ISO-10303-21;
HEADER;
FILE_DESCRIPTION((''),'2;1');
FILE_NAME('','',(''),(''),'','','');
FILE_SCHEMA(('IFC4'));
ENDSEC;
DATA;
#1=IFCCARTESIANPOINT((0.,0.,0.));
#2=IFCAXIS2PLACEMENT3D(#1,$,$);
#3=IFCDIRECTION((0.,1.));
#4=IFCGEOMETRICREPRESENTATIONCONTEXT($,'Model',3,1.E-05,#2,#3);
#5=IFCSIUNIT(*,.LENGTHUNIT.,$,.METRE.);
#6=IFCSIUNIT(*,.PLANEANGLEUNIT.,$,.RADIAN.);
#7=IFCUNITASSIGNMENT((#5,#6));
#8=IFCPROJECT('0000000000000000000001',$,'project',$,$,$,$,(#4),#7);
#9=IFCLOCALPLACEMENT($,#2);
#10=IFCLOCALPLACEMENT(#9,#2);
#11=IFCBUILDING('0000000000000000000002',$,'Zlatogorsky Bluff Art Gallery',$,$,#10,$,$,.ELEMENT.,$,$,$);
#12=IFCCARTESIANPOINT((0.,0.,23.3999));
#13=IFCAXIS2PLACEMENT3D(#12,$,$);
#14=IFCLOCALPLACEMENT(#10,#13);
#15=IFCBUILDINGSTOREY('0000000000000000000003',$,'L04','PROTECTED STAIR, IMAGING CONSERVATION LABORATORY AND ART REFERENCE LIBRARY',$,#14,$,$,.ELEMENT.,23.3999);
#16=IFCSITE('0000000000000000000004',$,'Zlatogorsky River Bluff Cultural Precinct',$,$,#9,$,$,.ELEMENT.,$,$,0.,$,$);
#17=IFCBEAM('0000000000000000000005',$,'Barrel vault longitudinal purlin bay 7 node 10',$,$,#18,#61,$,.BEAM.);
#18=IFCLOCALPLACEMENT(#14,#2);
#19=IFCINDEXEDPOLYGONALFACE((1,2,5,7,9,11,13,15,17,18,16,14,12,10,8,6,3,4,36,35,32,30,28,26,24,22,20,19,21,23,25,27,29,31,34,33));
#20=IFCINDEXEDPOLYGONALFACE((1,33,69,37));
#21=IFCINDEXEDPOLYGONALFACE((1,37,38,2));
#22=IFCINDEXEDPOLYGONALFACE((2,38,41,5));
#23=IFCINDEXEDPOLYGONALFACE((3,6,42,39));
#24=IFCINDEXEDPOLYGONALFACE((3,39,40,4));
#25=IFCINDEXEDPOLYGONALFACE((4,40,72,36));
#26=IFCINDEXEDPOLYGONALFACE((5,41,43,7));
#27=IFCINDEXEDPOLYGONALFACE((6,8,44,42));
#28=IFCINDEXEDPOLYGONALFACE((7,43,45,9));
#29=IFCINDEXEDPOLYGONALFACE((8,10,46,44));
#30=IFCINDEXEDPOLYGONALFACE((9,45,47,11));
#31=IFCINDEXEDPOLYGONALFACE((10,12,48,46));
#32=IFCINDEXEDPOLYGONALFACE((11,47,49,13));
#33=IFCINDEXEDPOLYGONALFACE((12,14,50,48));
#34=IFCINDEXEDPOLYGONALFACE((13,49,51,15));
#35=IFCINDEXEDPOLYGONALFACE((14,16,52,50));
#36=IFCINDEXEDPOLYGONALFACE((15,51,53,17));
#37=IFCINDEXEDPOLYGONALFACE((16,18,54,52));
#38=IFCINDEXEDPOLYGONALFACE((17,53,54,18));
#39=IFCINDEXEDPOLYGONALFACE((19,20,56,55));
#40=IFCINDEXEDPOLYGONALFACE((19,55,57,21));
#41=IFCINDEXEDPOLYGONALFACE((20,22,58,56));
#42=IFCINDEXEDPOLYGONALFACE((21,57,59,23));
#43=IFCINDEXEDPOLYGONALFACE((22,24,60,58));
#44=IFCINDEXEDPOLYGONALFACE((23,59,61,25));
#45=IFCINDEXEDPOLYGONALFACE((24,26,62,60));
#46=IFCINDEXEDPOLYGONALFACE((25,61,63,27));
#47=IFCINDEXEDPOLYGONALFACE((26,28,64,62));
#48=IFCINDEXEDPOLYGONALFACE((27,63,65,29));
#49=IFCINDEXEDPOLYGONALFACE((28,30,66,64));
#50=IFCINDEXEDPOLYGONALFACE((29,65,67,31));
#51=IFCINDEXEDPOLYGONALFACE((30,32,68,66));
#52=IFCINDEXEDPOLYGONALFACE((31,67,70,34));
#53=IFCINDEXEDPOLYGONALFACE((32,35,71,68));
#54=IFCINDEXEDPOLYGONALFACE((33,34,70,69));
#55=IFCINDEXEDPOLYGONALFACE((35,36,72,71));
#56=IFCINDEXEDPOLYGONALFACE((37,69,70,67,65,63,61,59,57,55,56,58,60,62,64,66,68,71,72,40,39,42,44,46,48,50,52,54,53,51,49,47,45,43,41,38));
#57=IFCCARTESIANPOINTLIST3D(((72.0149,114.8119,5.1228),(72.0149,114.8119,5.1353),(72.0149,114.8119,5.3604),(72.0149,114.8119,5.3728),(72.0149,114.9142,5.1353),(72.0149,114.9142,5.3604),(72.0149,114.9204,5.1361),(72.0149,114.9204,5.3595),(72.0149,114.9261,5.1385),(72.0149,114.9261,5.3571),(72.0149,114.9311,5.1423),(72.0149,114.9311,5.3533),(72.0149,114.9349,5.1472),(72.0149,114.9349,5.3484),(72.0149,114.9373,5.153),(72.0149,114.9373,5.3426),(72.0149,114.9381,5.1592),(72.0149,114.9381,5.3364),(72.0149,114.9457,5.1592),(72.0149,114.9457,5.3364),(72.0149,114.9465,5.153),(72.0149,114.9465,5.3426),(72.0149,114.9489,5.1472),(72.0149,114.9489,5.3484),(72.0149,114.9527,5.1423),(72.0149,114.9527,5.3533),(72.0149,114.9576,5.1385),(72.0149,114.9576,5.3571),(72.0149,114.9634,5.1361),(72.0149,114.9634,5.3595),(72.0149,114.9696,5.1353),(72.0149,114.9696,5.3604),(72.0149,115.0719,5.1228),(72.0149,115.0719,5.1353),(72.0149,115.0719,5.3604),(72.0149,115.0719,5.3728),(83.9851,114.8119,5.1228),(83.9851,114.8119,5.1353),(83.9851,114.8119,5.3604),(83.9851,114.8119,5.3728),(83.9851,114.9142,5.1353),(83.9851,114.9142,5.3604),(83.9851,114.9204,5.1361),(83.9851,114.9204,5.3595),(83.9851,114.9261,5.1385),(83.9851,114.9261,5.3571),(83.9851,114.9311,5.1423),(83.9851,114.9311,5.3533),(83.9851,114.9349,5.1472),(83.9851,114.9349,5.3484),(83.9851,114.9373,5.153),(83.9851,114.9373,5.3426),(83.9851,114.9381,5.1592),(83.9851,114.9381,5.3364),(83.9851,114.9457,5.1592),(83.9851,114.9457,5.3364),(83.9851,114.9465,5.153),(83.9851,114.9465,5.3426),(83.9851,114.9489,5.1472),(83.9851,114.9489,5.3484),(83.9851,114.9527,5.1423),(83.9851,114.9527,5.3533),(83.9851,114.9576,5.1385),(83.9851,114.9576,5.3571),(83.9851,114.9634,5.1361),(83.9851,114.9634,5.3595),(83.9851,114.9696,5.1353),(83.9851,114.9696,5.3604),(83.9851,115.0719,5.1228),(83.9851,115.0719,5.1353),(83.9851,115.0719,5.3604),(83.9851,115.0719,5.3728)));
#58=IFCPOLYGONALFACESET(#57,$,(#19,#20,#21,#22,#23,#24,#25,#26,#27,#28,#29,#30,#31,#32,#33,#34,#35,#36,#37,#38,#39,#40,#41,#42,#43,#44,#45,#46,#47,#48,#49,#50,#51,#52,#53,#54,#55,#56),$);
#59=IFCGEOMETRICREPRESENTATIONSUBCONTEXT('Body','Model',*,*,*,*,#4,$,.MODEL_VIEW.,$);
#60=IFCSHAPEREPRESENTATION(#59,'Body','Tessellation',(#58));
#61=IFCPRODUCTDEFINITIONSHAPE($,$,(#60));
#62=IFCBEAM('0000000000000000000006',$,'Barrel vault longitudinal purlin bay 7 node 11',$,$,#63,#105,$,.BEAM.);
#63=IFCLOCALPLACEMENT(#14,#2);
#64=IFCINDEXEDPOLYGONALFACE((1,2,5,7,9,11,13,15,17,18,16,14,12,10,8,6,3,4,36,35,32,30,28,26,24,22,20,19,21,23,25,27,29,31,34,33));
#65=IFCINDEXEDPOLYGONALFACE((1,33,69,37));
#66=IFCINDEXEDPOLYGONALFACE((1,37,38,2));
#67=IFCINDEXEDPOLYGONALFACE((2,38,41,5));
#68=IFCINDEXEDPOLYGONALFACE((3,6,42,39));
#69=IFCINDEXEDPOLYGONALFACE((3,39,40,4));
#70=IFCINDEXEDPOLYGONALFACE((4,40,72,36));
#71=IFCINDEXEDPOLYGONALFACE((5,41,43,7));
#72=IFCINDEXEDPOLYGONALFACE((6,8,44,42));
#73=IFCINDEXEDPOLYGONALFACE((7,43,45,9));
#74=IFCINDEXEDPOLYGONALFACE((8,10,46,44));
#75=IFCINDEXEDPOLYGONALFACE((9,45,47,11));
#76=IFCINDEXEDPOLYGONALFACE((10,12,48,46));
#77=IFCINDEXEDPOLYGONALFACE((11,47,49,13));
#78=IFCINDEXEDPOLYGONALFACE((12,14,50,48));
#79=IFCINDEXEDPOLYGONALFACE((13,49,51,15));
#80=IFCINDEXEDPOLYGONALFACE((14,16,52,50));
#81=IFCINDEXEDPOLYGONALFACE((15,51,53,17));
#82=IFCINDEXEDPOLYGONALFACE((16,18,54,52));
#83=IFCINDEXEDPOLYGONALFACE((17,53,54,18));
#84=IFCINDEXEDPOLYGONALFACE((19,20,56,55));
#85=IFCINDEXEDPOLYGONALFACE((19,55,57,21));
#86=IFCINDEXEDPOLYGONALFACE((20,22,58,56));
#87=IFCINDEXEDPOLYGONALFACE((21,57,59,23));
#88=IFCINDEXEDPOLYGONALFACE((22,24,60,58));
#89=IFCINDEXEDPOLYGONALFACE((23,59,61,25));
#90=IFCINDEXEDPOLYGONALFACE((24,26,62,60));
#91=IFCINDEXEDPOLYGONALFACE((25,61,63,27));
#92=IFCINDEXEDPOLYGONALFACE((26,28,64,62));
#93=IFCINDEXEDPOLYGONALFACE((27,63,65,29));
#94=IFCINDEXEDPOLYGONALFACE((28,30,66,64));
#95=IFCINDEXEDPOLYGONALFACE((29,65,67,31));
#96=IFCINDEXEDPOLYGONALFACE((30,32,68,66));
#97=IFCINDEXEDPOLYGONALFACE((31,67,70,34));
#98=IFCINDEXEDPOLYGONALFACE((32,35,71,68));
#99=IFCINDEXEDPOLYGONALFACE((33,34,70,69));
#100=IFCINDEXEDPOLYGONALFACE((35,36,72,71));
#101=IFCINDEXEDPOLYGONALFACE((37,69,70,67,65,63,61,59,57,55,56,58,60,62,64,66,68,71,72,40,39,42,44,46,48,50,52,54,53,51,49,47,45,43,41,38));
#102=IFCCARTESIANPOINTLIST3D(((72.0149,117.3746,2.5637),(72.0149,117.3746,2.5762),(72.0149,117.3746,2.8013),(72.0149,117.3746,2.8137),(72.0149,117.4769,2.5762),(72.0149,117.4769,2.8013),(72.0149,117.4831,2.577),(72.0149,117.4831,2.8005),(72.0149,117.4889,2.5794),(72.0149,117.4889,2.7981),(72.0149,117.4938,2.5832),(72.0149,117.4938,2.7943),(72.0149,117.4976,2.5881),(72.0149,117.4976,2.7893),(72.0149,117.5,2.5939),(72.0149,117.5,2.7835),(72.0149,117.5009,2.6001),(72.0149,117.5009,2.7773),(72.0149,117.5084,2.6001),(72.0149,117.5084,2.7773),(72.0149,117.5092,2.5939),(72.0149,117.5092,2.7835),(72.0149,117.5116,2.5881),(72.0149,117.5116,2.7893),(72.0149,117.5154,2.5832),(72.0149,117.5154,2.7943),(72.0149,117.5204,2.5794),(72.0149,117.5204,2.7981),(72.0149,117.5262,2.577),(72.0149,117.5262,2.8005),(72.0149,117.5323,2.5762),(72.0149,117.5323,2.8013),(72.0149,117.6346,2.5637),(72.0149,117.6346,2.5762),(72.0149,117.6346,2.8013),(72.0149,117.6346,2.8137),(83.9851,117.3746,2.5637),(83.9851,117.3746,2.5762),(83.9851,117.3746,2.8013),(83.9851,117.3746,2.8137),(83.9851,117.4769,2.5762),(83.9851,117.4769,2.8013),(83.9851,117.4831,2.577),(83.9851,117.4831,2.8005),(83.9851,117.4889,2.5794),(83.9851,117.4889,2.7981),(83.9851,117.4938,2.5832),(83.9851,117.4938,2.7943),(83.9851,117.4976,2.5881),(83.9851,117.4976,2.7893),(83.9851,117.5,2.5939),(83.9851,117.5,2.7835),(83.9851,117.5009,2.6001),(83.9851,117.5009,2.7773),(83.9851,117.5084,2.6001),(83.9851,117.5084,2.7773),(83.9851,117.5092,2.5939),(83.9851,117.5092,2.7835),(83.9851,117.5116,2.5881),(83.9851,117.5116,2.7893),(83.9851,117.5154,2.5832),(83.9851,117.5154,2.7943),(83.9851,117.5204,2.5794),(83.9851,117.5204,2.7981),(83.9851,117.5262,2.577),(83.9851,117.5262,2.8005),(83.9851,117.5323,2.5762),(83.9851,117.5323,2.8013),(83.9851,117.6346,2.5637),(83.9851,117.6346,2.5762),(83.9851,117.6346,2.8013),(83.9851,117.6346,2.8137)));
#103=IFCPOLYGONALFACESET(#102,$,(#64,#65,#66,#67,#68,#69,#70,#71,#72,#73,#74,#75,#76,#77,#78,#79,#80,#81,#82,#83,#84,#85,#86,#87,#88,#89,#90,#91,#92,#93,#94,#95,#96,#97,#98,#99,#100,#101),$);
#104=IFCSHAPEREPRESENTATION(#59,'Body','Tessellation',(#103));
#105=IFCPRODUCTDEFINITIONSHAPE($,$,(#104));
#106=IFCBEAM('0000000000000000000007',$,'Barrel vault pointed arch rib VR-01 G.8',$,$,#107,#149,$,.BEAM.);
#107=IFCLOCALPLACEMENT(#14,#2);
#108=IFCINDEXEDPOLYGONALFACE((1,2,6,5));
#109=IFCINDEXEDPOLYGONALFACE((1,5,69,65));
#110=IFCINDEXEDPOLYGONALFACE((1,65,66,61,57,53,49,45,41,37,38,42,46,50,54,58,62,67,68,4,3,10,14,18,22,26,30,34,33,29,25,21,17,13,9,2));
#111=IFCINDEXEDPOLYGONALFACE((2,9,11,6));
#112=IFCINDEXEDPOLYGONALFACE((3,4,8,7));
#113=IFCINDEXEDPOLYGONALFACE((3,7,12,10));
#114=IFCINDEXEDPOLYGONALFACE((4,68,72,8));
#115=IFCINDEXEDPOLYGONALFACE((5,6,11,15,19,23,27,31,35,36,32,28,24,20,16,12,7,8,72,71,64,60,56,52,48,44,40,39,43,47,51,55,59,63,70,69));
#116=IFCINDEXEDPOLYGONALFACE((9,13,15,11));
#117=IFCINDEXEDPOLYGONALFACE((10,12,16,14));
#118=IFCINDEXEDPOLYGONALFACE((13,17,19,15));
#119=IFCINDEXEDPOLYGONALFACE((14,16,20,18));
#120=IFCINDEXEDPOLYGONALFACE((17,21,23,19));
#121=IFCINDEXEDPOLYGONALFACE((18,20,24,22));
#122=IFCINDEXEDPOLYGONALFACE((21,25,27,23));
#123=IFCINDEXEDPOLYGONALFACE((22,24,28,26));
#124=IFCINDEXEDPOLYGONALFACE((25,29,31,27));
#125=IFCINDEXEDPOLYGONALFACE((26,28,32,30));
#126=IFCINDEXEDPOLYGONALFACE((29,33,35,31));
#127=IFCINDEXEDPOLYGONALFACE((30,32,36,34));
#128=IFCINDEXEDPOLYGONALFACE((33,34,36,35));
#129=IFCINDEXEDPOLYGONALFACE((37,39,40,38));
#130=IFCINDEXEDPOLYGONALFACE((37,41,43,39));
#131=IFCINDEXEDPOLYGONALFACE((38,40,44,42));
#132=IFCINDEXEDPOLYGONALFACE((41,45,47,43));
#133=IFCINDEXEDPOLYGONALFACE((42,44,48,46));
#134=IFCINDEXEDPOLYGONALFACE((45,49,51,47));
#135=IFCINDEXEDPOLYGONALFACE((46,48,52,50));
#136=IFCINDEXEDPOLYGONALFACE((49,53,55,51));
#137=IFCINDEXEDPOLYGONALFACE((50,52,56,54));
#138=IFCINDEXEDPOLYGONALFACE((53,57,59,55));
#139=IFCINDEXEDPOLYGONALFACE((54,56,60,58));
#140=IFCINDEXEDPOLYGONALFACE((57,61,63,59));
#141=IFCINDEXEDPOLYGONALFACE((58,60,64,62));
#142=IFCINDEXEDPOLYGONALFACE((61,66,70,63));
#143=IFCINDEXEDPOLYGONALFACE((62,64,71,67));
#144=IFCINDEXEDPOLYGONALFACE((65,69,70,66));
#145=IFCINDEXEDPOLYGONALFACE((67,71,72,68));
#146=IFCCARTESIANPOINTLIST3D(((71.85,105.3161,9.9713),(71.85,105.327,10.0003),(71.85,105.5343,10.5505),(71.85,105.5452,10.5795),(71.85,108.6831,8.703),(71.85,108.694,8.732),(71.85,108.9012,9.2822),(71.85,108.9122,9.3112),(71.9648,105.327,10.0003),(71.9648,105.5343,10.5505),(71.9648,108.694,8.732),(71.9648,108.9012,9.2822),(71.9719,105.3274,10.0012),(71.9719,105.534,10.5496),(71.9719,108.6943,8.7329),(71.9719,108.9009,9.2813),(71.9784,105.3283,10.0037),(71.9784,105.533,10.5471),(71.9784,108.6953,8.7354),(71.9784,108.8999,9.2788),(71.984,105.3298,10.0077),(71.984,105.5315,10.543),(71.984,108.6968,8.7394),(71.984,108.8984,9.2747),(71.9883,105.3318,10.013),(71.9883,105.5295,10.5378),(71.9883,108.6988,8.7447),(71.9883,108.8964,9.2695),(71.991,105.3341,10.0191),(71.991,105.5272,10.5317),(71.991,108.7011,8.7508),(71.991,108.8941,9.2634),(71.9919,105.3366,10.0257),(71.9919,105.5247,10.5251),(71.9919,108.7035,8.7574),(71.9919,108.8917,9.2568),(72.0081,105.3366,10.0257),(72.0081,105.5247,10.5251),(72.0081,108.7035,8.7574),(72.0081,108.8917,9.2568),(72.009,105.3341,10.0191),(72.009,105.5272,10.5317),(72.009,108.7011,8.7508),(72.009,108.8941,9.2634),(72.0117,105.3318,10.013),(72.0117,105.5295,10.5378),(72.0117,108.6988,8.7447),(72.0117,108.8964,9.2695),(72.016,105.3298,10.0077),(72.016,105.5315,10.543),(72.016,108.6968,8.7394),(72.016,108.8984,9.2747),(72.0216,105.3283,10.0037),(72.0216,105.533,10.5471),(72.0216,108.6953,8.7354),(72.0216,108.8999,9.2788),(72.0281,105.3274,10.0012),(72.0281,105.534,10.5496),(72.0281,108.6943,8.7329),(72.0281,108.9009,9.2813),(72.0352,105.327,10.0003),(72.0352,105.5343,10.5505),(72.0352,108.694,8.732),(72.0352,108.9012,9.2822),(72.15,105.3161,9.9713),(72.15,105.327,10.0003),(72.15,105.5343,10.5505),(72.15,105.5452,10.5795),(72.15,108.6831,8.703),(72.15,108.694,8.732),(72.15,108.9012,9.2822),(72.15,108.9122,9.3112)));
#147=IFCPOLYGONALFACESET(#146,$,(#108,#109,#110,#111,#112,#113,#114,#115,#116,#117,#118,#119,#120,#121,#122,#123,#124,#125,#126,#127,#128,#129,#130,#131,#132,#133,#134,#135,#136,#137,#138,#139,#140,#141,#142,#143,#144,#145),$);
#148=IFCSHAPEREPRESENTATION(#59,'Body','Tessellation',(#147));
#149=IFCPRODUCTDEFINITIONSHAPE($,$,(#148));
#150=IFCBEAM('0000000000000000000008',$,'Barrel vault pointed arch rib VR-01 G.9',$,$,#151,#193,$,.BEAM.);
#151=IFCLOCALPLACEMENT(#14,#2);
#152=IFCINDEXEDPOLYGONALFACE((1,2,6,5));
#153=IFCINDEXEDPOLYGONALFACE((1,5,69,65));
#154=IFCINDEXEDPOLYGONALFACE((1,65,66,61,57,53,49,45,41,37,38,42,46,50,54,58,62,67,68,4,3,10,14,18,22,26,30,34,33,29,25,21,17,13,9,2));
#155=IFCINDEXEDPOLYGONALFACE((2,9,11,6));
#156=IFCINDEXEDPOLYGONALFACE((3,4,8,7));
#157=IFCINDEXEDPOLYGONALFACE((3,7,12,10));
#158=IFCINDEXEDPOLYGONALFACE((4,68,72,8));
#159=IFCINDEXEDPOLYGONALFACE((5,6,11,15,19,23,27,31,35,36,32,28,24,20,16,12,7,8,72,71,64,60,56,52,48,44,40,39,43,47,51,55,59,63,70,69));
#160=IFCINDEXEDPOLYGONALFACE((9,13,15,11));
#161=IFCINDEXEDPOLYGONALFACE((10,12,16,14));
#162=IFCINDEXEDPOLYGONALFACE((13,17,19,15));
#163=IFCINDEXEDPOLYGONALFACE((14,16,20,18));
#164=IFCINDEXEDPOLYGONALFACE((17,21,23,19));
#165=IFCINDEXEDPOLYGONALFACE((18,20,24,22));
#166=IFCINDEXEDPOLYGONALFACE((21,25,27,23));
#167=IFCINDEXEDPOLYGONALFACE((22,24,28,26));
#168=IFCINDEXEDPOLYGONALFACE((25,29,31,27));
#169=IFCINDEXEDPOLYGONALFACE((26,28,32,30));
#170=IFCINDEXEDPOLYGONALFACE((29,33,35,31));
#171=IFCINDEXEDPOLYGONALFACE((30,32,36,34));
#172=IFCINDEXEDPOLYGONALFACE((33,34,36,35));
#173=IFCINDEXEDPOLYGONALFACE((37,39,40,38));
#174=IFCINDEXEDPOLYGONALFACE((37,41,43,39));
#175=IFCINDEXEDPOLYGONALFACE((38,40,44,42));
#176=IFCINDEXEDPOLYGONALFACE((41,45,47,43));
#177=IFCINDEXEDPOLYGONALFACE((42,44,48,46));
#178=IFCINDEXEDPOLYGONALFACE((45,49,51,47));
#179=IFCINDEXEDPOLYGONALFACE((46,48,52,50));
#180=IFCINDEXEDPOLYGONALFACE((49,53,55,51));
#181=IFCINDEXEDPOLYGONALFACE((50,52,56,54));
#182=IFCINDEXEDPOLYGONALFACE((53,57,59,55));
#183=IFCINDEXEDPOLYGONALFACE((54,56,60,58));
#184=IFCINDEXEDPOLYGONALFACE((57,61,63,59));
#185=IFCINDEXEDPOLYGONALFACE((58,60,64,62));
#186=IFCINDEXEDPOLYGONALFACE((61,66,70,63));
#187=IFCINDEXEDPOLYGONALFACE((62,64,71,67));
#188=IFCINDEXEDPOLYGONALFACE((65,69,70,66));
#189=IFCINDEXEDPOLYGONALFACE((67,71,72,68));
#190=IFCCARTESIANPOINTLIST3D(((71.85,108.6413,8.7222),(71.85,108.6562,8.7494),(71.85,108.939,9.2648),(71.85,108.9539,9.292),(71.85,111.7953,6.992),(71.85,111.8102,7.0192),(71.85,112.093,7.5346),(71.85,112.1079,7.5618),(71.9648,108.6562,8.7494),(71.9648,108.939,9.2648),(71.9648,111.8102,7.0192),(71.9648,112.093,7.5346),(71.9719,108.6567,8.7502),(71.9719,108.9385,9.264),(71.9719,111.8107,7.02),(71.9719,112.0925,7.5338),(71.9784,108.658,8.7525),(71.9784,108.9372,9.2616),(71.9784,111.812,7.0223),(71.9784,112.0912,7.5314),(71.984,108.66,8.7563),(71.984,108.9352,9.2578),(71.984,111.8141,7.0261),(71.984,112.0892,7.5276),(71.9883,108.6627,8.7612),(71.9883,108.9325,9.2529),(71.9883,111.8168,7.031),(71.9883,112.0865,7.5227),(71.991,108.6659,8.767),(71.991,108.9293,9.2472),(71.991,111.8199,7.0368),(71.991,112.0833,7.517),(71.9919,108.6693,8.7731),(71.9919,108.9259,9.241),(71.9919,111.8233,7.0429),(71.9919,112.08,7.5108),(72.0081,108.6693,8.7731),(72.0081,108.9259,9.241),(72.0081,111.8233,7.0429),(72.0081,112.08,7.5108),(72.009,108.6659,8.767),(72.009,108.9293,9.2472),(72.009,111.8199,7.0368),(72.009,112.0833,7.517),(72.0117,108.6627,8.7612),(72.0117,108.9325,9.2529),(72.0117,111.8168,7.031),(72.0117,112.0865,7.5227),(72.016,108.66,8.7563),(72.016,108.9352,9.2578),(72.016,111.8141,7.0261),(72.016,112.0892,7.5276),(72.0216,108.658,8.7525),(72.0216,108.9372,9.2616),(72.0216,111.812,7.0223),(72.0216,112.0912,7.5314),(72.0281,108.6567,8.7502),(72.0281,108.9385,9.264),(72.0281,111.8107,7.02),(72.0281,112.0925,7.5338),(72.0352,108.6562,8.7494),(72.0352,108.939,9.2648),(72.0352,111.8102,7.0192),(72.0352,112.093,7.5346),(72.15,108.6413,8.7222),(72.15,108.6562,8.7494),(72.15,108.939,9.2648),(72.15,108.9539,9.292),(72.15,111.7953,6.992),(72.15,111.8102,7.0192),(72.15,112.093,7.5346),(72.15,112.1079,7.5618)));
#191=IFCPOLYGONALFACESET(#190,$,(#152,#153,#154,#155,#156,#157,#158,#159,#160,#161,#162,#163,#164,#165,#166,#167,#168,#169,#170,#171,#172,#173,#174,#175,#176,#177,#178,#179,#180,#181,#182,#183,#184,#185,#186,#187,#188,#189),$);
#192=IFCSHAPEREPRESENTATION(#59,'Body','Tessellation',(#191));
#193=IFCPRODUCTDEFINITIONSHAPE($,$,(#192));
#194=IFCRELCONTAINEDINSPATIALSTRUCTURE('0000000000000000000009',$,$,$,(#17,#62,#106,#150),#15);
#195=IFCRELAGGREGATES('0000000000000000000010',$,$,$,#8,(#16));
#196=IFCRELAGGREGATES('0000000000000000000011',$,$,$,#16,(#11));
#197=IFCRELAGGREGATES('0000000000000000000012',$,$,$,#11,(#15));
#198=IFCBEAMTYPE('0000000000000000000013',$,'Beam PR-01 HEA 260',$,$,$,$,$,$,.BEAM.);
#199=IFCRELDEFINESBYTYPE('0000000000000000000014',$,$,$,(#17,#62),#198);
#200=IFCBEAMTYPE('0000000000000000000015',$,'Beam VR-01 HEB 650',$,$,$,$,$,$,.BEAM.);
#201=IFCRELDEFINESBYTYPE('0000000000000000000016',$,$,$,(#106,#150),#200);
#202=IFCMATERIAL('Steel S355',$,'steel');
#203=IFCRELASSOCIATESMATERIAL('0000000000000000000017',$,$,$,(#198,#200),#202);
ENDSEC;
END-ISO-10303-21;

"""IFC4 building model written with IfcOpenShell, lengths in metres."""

from ifc_helpers import new_model, si_unit, direction, frame, origin, origin_2d, place, context, subcontext, project, spatial, i_section, extrude, material, material_profile, profile_set, type_object, element, save


model = new_model("IFC4")

# Units and contexts
model_context = context("Model", 3, precision=1e-05, world=origin(), true_north=direction((0.0, 1.0)))
body_context = subcontext(model_context, "Body", "Model", "MODEL_VIEW")
ifc_project = project(units=[si_unit("LENGTHUNIT", "METRE"), si_unit("PLANEANGLEUNIT", "RADIAN")], contexts=[model_context])

# Site, building, storey
site_placement = place(None, origin())
site = spatial("IfcSite", under=ifc_project, at=site_placement, Name="Zlatogorsky River Bluff Cultural Precinct", CompositionType="ELEMENT", RefElevation=0.0)
building_placement = place(site_placement, origin())
building = spatial("IfcBuilding", under=site, at=building_placement, Name="Zlatogorsky Bluff Art Gallery", CompositionType="ELEMENT")
storey_placement = place(building_placement, frame((0.0, 0.0, 23.3999)))
storey = spatial("IfcBuildingStorey", under=building, at=storey_placement, Name="L04", Description="PROTECTED STAIR, IMAGING CONSERVATION LABORATORY AND ART REFERENCE LIBRARY", CompositionType="ELEMENT", Elevation=23.3999)

# Beams
ifc_material_1 = material(Name="Steel S355", Category="steel")
ifc_material_profile_1 = material_profile(ifc_material_1, i_section(OverallWidth=0.26, OverallDepth=0.25, WebThickness=0.0076, FlangeThickness=0.0125, FilletRadius=0.0239, at=origin_2d()), Name="HEA 260")
ifc_profile_set_1 = profile_set([ifc_material_profile_1], Name="Steel S355")
beam_type_1 = type_object("IfcBeamType", Name="Beam PR-01 HEA 260", PredefinedType="BEAM", material=ifc_profile_set_1)
for number, where, z_axis, x_axis, name in (
    (1, (72.0149, 114.9419, 5.2478), (1.0, 0.0, 0.0), (0.0, 1.0, 0.0), "Barrel vault longitudinal purlin bay 7 node 10"),
    (2, (72.0149, 117.5046, 2.6887), (1.0, 0.0, 0.0), (0.0, 1.0, 0.0), "Barrel vault longitudinal purlin bay 7 node 11"),
):
    element("IfcBeam", number, at=place(storey_placement, frame(where, z_axis=z_axis, x_axis=x_axis)), inside=storey, type_object=beam_type_1, Name=name, PredefinedType="BEAM", context=body_context, shape_type="SweptSolid", body=[
        extrude(i_section(OverallWidth=0.26, OverallDepth=0.25, WebThickness=0.0076, FlangeThickness=0.0125, FilletRadius=0.0239, at=origin_2d()), origin(), (0.0, 0.0, 1.0), 11.9702),
    ])
ifc_material_profile_2 = material_profile(ifc_material_1, i_section(OverallWidth=0.3, OverallDepth=0.6499, WebThickness=0.0161, FlangeThickness=0.031, FilletRadius=0.0271, at=origin_2d()), Name="HEB 650")
ifc_profile_set_2 = profile_set([ifc_material_profile_2], Name="Steel S355")
beam_type_2 = type_object("IfcBeamType", Name="Beam VR-01 HEB 650", PredefinedType="BEAM", material=ifc_profile_set_2)
beam_1_placement = place(storey_placement, frame((72.0, 105.4307, 10.2754), z_axis=(0.0, 0.935807, -0.352514), x_axis=(-1.0, 0.0, 0.0)))
element("IfcBeam", 3, at=beam_1_placement, inside=storey, type_object=beam_type_2, Name="Barrel vault pointed arch rib VR-01 G.8", PredefinedType="BEAM", context=body_context, shape_type="SweptSolid", body=[
    extrude(i_section(OverallWidth=0.3, OverallDepth=0.6499, WebThickness=0.0161, FlangeThickness=0.031, FilletRadius=0.0271, at=origin_2d()), origin(), (0.0, 0.0, 1.0), 3.5979),
])
beam_2_placement = place(storey_placement, frame((72.0, 108.7976, 9.0071), z_axis=(0.0, 0.876744, -0.480957), x_axis=(-1.0, 0.0, 0.0)))
element("IfcBeam", 4, at=beam_2_placement, inside=storey, type_object=beam_type_2, Name="Barrel vault pointed arch rib VR-01 G.9", PredefinedType="BEAM", context=body_context, shape_type="SweptSolid", body=[
    extrude(i_section(OverallWidth=0.3, OverallDepth=0.6499, WebThickness=0.0161, FlangeThickness=0.031, FilletRadius=0.0271, at=origin_2d()), origin(), (0.0, 0.0, 1.0), 3.5974),
])

save(model, "model.ifc")
